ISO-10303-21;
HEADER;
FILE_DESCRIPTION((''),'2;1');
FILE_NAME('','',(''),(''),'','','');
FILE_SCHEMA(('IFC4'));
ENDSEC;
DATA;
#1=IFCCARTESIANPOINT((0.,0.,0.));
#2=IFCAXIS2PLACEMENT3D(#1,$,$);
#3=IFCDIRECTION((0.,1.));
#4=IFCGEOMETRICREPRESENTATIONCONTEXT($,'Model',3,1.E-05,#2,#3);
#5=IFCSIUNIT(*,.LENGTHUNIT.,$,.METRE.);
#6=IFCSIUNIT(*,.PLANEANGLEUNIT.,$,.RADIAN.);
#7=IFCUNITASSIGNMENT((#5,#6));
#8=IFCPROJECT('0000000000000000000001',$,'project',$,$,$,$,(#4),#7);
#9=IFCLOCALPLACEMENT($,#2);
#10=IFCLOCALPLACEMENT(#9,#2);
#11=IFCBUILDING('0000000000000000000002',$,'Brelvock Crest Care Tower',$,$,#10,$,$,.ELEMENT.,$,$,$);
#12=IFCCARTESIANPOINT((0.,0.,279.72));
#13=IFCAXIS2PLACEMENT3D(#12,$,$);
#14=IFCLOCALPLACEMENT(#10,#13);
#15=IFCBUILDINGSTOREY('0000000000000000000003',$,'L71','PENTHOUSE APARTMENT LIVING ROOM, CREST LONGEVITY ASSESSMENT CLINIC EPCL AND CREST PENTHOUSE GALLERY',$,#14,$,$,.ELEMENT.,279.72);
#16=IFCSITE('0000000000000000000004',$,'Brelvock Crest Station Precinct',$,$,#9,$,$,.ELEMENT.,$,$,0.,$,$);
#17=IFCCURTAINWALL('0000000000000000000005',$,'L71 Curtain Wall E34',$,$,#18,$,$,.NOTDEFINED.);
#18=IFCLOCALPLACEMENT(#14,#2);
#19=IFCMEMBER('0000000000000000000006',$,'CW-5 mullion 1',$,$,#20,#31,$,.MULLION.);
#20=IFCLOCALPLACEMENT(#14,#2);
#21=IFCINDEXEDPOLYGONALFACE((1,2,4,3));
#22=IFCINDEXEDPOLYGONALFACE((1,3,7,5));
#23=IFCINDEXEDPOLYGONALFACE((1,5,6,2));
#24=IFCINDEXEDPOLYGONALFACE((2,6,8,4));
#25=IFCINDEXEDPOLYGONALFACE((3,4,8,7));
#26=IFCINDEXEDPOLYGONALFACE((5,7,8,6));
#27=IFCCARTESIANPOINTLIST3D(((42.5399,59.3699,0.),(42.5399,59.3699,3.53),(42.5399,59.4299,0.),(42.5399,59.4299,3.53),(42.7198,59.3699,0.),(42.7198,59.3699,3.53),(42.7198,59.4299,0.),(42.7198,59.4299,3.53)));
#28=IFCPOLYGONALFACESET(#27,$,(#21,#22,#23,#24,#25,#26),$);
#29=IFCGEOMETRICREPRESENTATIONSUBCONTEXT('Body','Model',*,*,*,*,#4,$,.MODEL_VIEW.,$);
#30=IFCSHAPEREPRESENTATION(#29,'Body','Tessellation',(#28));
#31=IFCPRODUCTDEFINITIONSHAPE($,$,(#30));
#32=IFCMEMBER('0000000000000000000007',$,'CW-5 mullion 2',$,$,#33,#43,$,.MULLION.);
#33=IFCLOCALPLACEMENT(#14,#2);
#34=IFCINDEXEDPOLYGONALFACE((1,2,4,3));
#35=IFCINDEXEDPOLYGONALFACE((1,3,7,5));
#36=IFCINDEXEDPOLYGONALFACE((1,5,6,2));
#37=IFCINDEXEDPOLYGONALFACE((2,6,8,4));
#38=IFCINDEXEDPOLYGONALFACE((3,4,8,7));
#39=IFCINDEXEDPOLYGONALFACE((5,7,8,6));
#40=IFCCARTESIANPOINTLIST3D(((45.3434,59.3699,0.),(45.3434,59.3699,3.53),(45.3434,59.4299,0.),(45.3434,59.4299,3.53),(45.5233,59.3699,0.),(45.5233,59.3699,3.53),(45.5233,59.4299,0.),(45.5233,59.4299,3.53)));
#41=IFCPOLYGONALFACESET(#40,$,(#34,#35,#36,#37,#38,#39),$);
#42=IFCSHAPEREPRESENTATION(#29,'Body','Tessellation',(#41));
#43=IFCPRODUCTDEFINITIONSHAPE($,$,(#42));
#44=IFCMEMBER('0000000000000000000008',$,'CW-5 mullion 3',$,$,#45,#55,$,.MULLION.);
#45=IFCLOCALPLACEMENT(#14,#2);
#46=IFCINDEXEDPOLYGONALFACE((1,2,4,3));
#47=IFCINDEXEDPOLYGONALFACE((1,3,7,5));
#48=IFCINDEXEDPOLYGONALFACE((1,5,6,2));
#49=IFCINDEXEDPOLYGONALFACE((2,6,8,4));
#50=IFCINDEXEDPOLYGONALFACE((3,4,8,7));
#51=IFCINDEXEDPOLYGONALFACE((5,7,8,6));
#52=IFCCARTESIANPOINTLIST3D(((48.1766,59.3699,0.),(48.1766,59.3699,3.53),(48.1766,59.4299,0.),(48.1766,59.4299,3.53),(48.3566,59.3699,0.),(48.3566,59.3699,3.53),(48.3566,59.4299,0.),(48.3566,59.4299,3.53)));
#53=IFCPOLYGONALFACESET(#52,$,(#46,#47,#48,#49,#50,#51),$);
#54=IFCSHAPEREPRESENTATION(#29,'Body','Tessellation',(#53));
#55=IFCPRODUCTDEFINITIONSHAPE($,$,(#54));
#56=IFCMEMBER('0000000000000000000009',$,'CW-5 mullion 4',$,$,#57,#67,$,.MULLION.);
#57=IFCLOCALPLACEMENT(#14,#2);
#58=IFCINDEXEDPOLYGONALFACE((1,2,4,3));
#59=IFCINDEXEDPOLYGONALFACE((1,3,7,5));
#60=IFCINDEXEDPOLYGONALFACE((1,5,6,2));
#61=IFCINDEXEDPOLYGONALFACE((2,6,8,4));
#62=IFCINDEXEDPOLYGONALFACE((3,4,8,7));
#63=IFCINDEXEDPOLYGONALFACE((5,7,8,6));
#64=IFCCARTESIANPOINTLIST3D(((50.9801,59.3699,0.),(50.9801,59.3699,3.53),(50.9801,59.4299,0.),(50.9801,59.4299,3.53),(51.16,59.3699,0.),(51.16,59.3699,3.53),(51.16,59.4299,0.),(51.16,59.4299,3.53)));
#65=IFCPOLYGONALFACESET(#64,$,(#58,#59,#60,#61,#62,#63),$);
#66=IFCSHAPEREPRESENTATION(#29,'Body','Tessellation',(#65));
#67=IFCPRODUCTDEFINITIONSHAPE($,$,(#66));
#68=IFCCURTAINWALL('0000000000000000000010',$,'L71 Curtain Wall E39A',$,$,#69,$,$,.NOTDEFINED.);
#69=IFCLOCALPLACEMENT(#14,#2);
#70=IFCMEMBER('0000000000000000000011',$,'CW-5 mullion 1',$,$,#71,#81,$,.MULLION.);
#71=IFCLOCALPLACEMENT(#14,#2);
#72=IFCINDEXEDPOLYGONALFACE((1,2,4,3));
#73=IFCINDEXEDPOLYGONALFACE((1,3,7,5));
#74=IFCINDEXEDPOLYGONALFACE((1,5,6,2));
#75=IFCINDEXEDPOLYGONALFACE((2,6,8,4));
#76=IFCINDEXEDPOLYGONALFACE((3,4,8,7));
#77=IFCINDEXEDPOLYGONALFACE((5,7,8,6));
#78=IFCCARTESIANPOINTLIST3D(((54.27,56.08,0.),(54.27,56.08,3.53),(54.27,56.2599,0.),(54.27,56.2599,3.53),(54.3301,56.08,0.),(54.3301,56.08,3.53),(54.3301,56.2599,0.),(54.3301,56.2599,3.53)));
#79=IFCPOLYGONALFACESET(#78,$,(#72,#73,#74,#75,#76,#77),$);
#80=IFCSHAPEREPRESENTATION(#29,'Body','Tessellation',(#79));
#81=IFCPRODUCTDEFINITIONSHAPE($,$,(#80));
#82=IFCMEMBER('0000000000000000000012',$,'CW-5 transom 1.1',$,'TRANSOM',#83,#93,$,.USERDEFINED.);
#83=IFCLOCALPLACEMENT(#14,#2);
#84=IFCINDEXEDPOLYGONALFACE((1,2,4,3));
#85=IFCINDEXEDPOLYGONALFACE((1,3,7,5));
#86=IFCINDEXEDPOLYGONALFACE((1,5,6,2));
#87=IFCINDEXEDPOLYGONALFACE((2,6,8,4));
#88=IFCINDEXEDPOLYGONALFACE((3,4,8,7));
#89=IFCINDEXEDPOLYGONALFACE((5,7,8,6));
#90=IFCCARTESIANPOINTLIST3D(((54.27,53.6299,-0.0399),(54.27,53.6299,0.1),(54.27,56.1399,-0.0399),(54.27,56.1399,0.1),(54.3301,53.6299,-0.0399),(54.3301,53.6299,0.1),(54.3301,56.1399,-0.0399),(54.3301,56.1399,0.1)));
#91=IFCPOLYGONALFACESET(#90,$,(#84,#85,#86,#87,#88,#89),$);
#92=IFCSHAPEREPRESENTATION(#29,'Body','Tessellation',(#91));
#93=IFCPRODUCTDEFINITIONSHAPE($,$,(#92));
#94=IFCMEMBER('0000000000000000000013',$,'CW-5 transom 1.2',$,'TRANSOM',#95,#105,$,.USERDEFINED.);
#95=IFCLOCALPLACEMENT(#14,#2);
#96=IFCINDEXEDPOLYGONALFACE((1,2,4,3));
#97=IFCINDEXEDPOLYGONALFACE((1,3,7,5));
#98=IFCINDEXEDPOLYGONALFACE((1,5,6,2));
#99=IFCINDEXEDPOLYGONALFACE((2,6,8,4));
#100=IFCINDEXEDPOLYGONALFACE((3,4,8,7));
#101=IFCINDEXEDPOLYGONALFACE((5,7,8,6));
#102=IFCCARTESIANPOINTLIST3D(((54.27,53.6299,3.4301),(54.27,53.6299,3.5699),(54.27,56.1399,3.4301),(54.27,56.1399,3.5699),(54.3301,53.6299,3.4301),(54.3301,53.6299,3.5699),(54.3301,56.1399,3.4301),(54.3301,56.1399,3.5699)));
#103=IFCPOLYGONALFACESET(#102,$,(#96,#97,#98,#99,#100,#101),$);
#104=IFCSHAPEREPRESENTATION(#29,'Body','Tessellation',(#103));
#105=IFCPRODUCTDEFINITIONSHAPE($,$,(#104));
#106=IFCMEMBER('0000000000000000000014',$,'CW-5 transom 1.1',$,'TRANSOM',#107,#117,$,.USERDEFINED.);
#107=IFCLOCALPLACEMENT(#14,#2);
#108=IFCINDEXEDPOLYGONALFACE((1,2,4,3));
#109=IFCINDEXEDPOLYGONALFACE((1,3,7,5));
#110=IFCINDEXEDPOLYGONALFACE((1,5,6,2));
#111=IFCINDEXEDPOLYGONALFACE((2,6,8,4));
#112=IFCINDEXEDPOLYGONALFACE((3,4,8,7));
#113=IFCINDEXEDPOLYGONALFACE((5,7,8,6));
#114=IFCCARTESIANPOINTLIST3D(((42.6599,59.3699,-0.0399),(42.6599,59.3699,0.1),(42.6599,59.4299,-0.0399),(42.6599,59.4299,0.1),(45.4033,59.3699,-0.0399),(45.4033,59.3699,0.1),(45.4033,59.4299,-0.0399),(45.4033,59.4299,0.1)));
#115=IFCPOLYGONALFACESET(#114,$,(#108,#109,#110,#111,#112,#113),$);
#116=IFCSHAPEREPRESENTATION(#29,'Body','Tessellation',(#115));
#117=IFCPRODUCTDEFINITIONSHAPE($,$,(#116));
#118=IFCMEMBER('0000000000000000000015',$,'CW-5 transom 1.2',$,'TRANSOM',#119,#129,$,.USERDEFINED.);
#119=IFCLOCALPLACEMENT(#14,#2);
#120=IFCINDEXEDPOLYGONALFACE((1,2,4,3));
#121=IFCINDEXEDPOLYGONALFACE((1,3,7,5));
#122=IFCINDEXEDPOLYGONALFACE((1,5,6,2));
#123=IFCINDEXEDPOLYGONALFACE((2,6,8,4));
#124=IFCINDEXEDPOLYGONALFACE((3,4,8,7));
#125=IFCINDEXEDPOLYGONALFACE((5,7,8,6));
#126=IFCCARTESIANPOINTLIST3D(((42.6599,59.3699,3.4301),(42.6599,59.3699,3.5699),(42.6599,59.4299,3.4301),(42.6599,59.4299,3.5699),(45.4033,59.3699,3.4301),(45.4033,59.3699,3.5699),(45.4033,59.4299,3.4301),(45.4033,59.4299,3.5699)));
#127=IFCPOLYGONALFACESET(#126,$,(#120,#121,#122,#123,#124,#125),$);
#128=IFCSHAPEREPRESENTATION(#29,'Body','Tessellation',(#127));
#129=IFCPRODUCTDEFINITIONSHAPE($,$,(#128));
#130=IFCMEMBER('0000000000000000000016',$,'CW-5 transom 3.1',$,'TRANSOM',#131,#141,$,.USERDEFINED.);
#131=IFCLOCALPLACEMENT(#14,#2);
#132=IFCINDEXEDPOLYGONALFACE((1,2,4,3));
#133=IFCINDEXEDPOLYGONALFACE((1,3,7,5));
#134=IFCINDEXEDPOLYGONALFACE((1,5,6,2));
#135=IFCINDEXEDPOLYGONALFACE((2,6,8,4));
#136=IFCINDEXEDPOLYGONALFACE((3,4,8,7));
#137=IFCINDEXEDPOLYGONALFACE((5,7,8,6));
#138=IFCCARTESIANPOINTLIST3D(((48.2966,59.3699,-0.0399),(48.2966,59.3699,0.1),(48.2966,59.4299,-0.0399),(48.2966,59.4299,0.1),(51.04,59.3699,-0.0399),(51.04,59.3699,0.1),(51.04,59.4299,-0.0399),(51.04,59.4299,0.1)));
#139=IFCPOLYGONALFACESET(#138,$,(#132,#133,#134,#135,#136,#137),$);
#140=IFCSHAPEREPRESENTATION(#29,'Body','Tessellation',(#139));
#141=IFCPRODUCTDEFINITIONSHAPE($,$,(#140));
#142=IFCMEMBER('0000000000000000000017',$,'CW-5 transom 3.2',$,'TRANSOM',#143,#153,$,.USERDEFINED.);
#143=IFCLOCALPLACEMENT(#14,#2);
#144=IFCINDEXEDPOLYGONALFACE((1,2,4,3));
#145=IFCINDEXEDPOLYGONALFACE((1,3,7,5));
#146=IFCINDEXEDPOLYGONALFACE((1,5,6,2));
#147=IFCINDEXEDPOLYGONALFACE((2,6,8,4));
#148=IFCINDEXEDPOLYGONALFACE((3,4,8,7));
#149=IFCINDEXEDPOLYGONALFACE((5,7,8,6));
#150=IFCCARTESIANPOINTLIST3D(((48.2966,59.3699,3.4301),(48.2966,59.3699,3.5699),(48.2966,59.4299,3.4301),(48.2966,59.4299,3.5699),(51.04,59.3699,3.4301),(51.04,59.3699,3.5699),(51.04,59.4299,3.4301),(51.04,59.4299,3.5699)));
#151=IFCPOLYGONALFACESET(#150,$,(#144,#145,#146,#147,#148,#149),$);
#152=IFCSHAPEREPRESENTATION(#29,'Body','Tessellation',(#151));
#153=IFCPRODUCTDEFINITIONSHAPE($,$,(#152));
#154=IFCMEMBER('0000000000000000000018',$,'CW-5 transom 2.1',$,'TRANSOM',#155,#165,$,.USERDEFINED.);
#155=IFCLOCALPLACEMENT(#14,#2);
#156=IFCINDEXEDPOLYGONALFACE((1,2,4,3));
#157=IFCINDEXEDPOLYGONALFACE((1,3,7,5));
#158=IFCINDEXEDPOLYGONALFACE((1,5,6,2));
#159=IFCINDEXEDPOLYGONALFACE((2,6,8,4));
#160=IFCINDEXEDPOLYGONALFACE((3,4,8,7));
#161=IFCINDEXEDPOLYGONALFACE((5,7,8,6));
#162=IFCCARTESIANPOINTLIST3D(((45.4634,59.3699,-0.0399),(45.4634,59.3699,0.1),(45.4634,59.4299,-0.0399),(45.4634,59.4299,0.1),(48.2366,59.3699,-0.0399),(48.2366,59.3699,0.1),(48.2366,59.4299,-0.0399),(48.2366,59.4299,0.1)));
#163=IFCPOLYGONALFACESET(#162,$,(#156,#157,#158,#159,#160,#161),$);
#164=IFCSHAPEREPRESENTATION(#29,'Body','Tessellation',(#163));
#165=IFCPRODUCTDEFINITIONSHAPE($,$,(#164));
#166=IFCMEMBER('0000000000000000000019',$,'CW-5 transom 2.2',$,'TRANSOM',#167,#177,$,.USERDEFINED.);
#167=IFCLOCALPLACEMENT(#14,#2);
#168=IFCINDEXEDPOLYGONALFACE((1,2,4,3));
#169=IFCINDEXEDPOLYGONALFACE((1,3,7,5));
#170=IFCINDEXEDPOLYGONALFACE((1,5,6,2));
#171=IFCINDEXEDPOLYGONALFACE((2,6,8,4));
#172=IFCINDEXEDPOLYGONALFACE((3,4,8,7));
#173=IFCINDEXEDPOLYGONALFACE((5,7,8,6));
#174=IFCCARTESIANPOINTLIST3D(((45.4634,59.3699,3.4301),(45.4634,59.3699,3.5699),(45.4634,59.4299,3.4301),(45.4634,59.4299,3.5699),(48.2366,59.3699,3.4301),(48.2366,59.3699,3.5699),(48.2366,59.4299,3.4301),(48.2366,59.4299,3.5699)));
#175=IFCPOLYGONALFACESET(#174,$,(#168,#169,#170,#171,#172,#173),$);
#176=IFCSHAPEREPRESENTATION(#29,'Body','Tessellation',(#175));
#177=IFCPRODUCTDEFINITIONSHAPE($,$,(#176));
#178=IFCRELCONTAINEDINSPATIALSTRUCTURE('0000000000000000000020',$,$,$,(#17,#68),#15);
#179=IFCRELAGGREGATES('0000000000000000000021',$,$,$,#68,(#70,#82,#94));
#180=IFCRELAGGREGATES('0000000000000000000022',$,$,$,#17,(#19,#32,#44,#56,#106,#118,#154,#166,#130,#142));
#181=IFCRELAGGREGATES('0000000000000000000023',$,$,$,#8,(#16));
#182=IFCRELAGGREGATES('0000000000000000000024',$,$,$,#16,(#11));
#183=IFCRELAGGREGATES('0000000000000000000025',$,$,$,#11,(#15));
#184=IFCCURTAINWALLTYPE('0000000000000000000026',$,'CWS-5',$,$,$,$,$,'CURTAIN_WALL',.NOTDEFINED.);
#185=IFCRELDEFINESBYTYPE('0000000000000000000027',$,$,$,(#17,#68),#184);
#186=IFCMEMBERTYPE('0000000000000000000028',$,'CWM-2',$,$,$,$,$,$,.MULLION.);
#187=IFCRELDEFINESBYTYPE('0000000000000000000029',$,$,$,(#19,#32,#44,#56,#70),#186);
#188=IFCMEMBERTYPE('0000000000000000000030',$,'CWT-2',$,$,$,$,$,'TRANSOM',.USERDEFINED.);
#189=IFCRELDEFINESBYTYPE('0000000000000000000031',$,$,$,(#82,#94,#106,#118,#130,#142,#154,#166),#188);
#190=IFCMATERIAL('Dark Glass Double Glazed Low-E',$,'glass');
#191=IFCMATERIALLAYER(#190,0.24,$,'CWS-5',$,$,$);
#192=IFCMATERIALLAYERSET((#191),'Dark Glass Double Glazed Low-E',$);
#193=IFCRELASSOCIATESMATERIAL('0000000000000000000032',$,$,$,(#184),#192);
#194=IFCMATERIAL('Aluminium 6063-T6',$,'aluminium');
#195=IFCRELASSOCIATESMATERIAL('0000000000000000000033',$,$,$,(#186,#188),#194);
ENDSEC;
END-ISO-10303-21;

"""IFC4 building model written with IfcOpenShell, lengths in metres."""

from ifc_helpers import new_model, si_unit, direction, frame, origin, origin_2d, place, context, subcontext, project, spatial, rectangle, extrude, source, transform, mapped, material, layer, layer_set, material_profile, profile_set, type_object, element, aggregate, save


model = new_model("IFC4")

# Units and contexts
model_context = context("Model", 3, precision=1e-05, world=origin(), true_north=direction((0.0, 1.0)))
body_context = subcontext(model_context, "Body", "Model", "MODEL_VIEW")
ifc_project = project(units=[si_unit("LENGTHUNIT", "METRE"), si_unit("PLANEANGLEUNIT", "RADIAN")], contexts=[model_context])

# Site, building, storey
site_placement = place(None, origin())
site = spatial("IfcSite", under=ifc_project, at=site_placement, Name="Brelvock Crest Station Precinct", CompositionType="ELEMENT", RefElevation=0.0)
building_placement = place(site_placement, origin())
building = spatial("IfcBuilding", under=site, at=building_placement, Name="Brelvock Crest Care Tower", CompositionType="ELEMENT")
storey_placement = place(building_placement, frame((0.0, 0.0, 279.72)))
storey = spatial("IfcBuildingStorey", under=building, at=storey_placement, Name="L71", Description="PENTHOUSE APARTMENT LIVING ROOM, CREST LONGEVITY ASSESSMENT CLINIC EPCL AND CREST PENTHOUSE GALLERY", CompositionType="ELEMENT", Elevation=279.72)

# Curtain walls, members
ifc_material_1 = material(Name="Dark Glass Double Glazed Low-E", Category="glass")
ifc_layer_1 = layer(ifc_material_1, 0.24, Name="CWS-5")
ifc_layer_set_1 = layer_set([ifc_layer_1], Name="Dark Glass Double Glazed Low-E")
curtain_wall_type = type_object("IfcCurtainWallType", Name="CWS-5", ElementType="CURTAIN_WALL", PredefinedType="NOTDEFINED", material=ifc_layer_set_1)
curtain_wall_1_placement = place(storey_placement, origin())
curtain_wall_1 = element("IfcCurtainWall", 1, at=curtain_wall_1_placement, inside=storey, type_object=curtain_wall_type, Name="L71 Curtain Wall E34", PredefinedType="NOTDEFINED")
ifc_material_2 = material(Name="Aluminium 6063-T6", Category="aluminium")
ifc_material_profile_1 = material_profile(ifc_material_2, rectangle(XDim=0.0601, YDim=0.1799, at=origin_2d()), Name="ALU60x180")
ifc_profile_set_1 = profile_set([ifc_material_profile_1], Name="Aluminium 6063-T6")
member_type_1 = type_object("IfcMemberType", Name="CWM-2", PredefinedType="MULLION", material=ifc_profile_set_1)
shared_shape_1 = source(origin(), body_context, "Body", "SweptSolid", [
    extrude(rectangle(XDim=0.0601, YDim=0.1799, at=origin_2d()), origin(), (0.0, 0.0, 1.0), 3.53),
])
member_1_placement = place(storey_placement, frame((42.6299, 59.3999, 0.0), z_axis=(0.0, 0.0, 1.0), x_axis=(0.0, 1.0, 0.0)))
member_1 = element("IfcMember", 2, at=member_1_placement, type_object=member_type_1, Name="CW-5 mullion 1", PredefinedType="MULLION", context=body_context, shape_type="MappedRepresentation", body=[
    mapped(shared_shape_1, transform((0.0, 0.0, 0.0), x_axis=(1.0, 0.0, 0.0), y_axis=(0.0, 1.0, 0.0), z_axis=(0.0, 0.0, 1.0), scale=1.0)),
])
member_2_placement = place(storey_placement, frame((45.4333, 59.3999, 0.0), z_axis=(0.0, 0.0, 1.0), x_axis=(0.0, 1.0, 0.0)))
member_2 = element("IfcMember", 3, at=member_2_placement, type_object=member_type_1, Name="CW-5 mullion 2", PredefinedType="MULLION", context=body_context, shape_type="MappedRepresentation", body=[
    mapped(shared_shape_1, transform((0.0, 0.0, 0.0), x_axis=(1.0, 0.0, 0.0), y_axis=(0.0, 1.0, 0.0), z_axis=(0.0, 0.0, 1.0), scale=1.0)),
])
member_3_placement = place(storey_placement, frame((48.2666, 59.3999, 0.0), z_axis=(0.0, 0.0, 1.0), x_axis=(0.0, 1.0, 0.0)))
member_3 = element("IfcMember", 4, at=member_3_placement, type_object=member_type_1, Name="CW-5 mullion 3", PredefinedType="MULLION", context=body_context, shape_type="MappedRepresentation", body=[
    mapped(shared_shape_1, transform((0.0, 0.0, 0.0), x_axis=(1.0, 0.0, 0.0), y_axis=(0.0, 1.0, 0.0), z_axis=(0.0, 0.0, 1.0), scale=1.0)),
])
member_4_placement = place(storey_placement, frame((51.0701, 59.3999, 0.0), z_axis=(0.0, 0.0, 1.0), x_axis=(0.0, 1.0, 0.0)))
member_4 = element("IfcMember", 5, at=member_4_placement, type_object=member_type_1, Name="CW-5 mullion 4", PredefinedType="MULLION", context=body_context, shape_type="MappedRepresentation", body=[
    mapped(shared_shape_1, transform((0.0, 0.0, 0.0), x_axis=(1.0, 0.0, 0.0), y_axis=(0.0, 1.0, 0.0), z_axis=(0.0, 0.0, 1.0), scale=1.0)),
])
curtain_wall_2_placement = place(storey_placement, origin())
curtain_wall_2 = element("IfcCurtainWall", 6, at=curtain_wall_2_placement, inside=storey, type_object=curtain_wall_type, Name="L71 Curtain Wall E39A", PredefinedType="NOTDEFINED")
member_5_placement = place(storey_placement, frame((54.3, 56.1699, 0.0), z_axis=(0.0, 0.0, 1.0), x_axis=(1.0, 0.0, 0.0)))
member_5 = element("IfcMember", 7, at=member_5_placement, type_object=member_type_1, Name="CW-5 mullion 1", PredefinedType="MULLION", context=body_context, shape_type="MappedRepresentation", body=[
    mapped(shared_shape_1, transform((0.0, 0.0, 0.0), x_axis=(1.0, 0.0, 0.0), y_axis=(0.0, 1.0, 0.0), z_axis=(0.0, 0.0, 1.0), scale=1.0)),
])
ifc_material_profile_2 = material_profile(ifc_material_2, rectangle(XDim=0.0601, YDim=0.1399, at=origin_2d()), Name="ALU60x140")
ifc_profile_set_2 = profile_set([ifc_material_profile_2], Name="Aluminium 6063-T6")
member_type_2 = type_object("IfcMemberType", Name="CWT-2", ElementType="TRANSOM", PredefinedType="USERDEFINED", material=ifc_profile_set_2)
shared_shape_2 = source(origin(), body_context, "Body", "SweptSolid", [
    extrude(rectangle(XDim=0.0601, YDim=0.1399, at=origin_2d()), origin(), (0.0, 0.0, 1.0), 2.51),
])
member_6_placement = place(storey_placement, frame((54.3, 56.1399, 0.03), z_axis=(0.0, -1.0, 0.0), x_axis=(1.0, 0.0, 0.0)))
member_6 = element("IfcMember", 8, at=member_6_placement, type_object=member_type_2, Name="CW-5 transom 1.1", ObjectType="TRANSOM", PredefinedType="USERDEFINED", context=body_context, shape_type="MappedRepresentation", body=[
    mapped(shared_shape_2, transform((0.0, 0.0, 0.0), x_axis=(1.0, 0.0, 0.0), y_axis=(0.0, 1.0, 0.0), z_axis=(0.0, 0.0, 1.0), scale=1.0)),
])
member_7_placement = place(storey_placement, frame((54.3, 56.1399, 3.5), z_axis=(0.0, -1.0, 0.0), x_axis=(1.0, 0.0, 0.0)))
member_7 = element("IfcMember", 9, at=member_7_placement, type_object=member_type_2, Name="CW-5 transom 1.2", ObjectType="TRANSOM", PredefinedType="USERDEFINED", context=body_context, shape_type="MappedRepresentation", body=[
    mapped(shared_shape_2, transform((0.0, 0.0, 0.0), x_axis=(1.0, 0.0, 0.0), y_axis=(0.0, 1.0, 0.0), z_axis=(0.0, 0.0, 1.0), scale=1.0)),
])

# Members
shared_shape_3 = source(origin(), body_context, "Body", "SweptSolid", [
    extrude(rectangle(XDim=0.0601, YDim=0.1399, at=origin_2d()), origin(), (0.0, 0.0, 1.0), 2.7434),
])
member_8_placement = place(storey_placement, frame((42.6599, 59.3999, 0.03), z_axis=(1.0, 0.0, 0.0), x_axis=(0.0, 1.0, 0.0)))
member_8 = element("IfcMember", 10, at=member_8_placement, type_object=member_type_2, Name="CW-5 transom 1.1", ObjectType="TRANSOM", PredefinedType="USERDEFINED", context=body_context, shape_type="MappedRepresentation", body=[
    mapped(shared_shape_3, transform((0.0, 0.0, 0.0), x_axis=(1.0, 0.0, 0.0), y_axis=(0.0, 1.0, 0.0), z_axis=(0.0, 0.0, 1.0), scale=1.0)),
])
member_9_placement = place(storey_placement, frame((42.6599, 59.3999, 3.5), z_axis=(1.0, 0.0, 0.0), x_axis=(0.0, 1.0, 0.0)))
member_9 = element("IfcMember", 11, at=member_9_placement, type_object=member_type_2, Name="CW-5 transom 1.2", ObjectType="TRANSOM", PredefinedType="USERDEFINED", context=body_context, shape_type="MappedRepresentation", body=[
    mapped(shared_shape_3, transform((0.0, 0.0, 0.0), x_axis=(1.0, 0.0, 0.0), y_axis=(0.0, 1.0, 0.0), z_axis=(0.0, 0.0, 1.0), scale=1.0)),
])
member_10_placement = place(storey_placement, frame((48.2966, 59.3999, 0.03), z_axis=(1.0, 0.0, 0.0), x_axis=(0.0, 1.0, 0.0)))
member_10 = element("IfcMember", 12, at=member_10_placement, type_object=member_type_2, Name="CW-5 transom 3.1", ObjectType="TRANSOM", PredefinedType="USERDEFINED", context=body_context, shape_type="MappedRepresentation", body=[
    mapped(shared_shape_3, transform((0.0, 0.0, 0.0), x_axis=(1.0, 0.0, 0.0), y_axis=(0.0, 1.0, 0.0), z_axis=(0.0, 0.0, 1.0), scale=1.0)),
])
member_11_placement = place(storey_placement, frame((48.2966, 59.3999, 3.5), z_axis=(1.0, 0.0, 0.0), x_axis=(0.0, 1.0, 0.0)))
member_11 = element("IfcMember", 13, at=member_11_placement, type_object=member_type_2, Name="CW-5 transom 3.2", ObjectType="TRANSOM", PredefinedType="USERDEFINED", context=body_context, shape_type="MappedRepresentation", body=[
    mapped(shared_shape_3, transform((0.0, 0.0, 0.0), x_axis=(1.0, 0.0, 0.0), y_axis=(0.0, 1.0, 0.0), z_axis=(0.0, 0.0, 1.0), scale=1.0)),
])
shared_shape_4 = source(origin(), body_context, "Body", "SweptSolid", [
    extrude(rectangle(XDim=0.0601, YDim=0.1399, at=origin_2d()), origin(), (0.0, 0.0, 1.0), 2.7732),
])
member_12_placement = place(storey_placement, frame((45.4634, 59.3999, 0.03), z_axis=(1.0, 0.0, 0.0), x_axis=(0.0, 1.0, 0.0)))
member_12 = element("IfcMember", 14, at=member_12_placement, type_object=member_type_2, Name="CW-5 transom 2.1", ObjectType="TRANSOM", PredefinedType="USERDEFINED", context=body_context, shape_type="MappedRepresentation", body=[
    mapped(shared_shape_4, transform((0.0, 0.0, 0.0), x_axis=(1.0, 0.0, 0.0), y_axis=(0.0, 1.0, 0.0), z_axis=(0.0, 0.0, 1.0), scale=1.0)),
])
member_13_placement = place(storey_placement, frame((45.4634, 59.3999, 3.5), z_axis=(1.0, 0.0, 0.0), x_axis=(0.0, 1.0, 0.0)))
member_13 = element("IfcMember", 15, at=member_13_placement, type_object=member_type_2, Name="CW-5 transom 2.2", ObjectType="TRANSOM", PredefinedType="USERDEFINED", context=body_context, shape_type="MappedRepresentation", body=[
    mapped(shared_shape_4, transform((0.0, 0.0, 0.0), x_axis=(1.0, 0.0, 0.0), y_axis=(0.0, 1.0, 0.0), z_axis=(0.0, 0.0, 1.0), scale=1.0)),
])

aggregate(curtain_wall_2, [member_5, member_6, member_7])
aggregate(curtain_wall_1, [member_1, member_2, member_3, member_4, member_8, member_9, member_12, member_13, member_10, member_11])

save(model, "model.ifc")
